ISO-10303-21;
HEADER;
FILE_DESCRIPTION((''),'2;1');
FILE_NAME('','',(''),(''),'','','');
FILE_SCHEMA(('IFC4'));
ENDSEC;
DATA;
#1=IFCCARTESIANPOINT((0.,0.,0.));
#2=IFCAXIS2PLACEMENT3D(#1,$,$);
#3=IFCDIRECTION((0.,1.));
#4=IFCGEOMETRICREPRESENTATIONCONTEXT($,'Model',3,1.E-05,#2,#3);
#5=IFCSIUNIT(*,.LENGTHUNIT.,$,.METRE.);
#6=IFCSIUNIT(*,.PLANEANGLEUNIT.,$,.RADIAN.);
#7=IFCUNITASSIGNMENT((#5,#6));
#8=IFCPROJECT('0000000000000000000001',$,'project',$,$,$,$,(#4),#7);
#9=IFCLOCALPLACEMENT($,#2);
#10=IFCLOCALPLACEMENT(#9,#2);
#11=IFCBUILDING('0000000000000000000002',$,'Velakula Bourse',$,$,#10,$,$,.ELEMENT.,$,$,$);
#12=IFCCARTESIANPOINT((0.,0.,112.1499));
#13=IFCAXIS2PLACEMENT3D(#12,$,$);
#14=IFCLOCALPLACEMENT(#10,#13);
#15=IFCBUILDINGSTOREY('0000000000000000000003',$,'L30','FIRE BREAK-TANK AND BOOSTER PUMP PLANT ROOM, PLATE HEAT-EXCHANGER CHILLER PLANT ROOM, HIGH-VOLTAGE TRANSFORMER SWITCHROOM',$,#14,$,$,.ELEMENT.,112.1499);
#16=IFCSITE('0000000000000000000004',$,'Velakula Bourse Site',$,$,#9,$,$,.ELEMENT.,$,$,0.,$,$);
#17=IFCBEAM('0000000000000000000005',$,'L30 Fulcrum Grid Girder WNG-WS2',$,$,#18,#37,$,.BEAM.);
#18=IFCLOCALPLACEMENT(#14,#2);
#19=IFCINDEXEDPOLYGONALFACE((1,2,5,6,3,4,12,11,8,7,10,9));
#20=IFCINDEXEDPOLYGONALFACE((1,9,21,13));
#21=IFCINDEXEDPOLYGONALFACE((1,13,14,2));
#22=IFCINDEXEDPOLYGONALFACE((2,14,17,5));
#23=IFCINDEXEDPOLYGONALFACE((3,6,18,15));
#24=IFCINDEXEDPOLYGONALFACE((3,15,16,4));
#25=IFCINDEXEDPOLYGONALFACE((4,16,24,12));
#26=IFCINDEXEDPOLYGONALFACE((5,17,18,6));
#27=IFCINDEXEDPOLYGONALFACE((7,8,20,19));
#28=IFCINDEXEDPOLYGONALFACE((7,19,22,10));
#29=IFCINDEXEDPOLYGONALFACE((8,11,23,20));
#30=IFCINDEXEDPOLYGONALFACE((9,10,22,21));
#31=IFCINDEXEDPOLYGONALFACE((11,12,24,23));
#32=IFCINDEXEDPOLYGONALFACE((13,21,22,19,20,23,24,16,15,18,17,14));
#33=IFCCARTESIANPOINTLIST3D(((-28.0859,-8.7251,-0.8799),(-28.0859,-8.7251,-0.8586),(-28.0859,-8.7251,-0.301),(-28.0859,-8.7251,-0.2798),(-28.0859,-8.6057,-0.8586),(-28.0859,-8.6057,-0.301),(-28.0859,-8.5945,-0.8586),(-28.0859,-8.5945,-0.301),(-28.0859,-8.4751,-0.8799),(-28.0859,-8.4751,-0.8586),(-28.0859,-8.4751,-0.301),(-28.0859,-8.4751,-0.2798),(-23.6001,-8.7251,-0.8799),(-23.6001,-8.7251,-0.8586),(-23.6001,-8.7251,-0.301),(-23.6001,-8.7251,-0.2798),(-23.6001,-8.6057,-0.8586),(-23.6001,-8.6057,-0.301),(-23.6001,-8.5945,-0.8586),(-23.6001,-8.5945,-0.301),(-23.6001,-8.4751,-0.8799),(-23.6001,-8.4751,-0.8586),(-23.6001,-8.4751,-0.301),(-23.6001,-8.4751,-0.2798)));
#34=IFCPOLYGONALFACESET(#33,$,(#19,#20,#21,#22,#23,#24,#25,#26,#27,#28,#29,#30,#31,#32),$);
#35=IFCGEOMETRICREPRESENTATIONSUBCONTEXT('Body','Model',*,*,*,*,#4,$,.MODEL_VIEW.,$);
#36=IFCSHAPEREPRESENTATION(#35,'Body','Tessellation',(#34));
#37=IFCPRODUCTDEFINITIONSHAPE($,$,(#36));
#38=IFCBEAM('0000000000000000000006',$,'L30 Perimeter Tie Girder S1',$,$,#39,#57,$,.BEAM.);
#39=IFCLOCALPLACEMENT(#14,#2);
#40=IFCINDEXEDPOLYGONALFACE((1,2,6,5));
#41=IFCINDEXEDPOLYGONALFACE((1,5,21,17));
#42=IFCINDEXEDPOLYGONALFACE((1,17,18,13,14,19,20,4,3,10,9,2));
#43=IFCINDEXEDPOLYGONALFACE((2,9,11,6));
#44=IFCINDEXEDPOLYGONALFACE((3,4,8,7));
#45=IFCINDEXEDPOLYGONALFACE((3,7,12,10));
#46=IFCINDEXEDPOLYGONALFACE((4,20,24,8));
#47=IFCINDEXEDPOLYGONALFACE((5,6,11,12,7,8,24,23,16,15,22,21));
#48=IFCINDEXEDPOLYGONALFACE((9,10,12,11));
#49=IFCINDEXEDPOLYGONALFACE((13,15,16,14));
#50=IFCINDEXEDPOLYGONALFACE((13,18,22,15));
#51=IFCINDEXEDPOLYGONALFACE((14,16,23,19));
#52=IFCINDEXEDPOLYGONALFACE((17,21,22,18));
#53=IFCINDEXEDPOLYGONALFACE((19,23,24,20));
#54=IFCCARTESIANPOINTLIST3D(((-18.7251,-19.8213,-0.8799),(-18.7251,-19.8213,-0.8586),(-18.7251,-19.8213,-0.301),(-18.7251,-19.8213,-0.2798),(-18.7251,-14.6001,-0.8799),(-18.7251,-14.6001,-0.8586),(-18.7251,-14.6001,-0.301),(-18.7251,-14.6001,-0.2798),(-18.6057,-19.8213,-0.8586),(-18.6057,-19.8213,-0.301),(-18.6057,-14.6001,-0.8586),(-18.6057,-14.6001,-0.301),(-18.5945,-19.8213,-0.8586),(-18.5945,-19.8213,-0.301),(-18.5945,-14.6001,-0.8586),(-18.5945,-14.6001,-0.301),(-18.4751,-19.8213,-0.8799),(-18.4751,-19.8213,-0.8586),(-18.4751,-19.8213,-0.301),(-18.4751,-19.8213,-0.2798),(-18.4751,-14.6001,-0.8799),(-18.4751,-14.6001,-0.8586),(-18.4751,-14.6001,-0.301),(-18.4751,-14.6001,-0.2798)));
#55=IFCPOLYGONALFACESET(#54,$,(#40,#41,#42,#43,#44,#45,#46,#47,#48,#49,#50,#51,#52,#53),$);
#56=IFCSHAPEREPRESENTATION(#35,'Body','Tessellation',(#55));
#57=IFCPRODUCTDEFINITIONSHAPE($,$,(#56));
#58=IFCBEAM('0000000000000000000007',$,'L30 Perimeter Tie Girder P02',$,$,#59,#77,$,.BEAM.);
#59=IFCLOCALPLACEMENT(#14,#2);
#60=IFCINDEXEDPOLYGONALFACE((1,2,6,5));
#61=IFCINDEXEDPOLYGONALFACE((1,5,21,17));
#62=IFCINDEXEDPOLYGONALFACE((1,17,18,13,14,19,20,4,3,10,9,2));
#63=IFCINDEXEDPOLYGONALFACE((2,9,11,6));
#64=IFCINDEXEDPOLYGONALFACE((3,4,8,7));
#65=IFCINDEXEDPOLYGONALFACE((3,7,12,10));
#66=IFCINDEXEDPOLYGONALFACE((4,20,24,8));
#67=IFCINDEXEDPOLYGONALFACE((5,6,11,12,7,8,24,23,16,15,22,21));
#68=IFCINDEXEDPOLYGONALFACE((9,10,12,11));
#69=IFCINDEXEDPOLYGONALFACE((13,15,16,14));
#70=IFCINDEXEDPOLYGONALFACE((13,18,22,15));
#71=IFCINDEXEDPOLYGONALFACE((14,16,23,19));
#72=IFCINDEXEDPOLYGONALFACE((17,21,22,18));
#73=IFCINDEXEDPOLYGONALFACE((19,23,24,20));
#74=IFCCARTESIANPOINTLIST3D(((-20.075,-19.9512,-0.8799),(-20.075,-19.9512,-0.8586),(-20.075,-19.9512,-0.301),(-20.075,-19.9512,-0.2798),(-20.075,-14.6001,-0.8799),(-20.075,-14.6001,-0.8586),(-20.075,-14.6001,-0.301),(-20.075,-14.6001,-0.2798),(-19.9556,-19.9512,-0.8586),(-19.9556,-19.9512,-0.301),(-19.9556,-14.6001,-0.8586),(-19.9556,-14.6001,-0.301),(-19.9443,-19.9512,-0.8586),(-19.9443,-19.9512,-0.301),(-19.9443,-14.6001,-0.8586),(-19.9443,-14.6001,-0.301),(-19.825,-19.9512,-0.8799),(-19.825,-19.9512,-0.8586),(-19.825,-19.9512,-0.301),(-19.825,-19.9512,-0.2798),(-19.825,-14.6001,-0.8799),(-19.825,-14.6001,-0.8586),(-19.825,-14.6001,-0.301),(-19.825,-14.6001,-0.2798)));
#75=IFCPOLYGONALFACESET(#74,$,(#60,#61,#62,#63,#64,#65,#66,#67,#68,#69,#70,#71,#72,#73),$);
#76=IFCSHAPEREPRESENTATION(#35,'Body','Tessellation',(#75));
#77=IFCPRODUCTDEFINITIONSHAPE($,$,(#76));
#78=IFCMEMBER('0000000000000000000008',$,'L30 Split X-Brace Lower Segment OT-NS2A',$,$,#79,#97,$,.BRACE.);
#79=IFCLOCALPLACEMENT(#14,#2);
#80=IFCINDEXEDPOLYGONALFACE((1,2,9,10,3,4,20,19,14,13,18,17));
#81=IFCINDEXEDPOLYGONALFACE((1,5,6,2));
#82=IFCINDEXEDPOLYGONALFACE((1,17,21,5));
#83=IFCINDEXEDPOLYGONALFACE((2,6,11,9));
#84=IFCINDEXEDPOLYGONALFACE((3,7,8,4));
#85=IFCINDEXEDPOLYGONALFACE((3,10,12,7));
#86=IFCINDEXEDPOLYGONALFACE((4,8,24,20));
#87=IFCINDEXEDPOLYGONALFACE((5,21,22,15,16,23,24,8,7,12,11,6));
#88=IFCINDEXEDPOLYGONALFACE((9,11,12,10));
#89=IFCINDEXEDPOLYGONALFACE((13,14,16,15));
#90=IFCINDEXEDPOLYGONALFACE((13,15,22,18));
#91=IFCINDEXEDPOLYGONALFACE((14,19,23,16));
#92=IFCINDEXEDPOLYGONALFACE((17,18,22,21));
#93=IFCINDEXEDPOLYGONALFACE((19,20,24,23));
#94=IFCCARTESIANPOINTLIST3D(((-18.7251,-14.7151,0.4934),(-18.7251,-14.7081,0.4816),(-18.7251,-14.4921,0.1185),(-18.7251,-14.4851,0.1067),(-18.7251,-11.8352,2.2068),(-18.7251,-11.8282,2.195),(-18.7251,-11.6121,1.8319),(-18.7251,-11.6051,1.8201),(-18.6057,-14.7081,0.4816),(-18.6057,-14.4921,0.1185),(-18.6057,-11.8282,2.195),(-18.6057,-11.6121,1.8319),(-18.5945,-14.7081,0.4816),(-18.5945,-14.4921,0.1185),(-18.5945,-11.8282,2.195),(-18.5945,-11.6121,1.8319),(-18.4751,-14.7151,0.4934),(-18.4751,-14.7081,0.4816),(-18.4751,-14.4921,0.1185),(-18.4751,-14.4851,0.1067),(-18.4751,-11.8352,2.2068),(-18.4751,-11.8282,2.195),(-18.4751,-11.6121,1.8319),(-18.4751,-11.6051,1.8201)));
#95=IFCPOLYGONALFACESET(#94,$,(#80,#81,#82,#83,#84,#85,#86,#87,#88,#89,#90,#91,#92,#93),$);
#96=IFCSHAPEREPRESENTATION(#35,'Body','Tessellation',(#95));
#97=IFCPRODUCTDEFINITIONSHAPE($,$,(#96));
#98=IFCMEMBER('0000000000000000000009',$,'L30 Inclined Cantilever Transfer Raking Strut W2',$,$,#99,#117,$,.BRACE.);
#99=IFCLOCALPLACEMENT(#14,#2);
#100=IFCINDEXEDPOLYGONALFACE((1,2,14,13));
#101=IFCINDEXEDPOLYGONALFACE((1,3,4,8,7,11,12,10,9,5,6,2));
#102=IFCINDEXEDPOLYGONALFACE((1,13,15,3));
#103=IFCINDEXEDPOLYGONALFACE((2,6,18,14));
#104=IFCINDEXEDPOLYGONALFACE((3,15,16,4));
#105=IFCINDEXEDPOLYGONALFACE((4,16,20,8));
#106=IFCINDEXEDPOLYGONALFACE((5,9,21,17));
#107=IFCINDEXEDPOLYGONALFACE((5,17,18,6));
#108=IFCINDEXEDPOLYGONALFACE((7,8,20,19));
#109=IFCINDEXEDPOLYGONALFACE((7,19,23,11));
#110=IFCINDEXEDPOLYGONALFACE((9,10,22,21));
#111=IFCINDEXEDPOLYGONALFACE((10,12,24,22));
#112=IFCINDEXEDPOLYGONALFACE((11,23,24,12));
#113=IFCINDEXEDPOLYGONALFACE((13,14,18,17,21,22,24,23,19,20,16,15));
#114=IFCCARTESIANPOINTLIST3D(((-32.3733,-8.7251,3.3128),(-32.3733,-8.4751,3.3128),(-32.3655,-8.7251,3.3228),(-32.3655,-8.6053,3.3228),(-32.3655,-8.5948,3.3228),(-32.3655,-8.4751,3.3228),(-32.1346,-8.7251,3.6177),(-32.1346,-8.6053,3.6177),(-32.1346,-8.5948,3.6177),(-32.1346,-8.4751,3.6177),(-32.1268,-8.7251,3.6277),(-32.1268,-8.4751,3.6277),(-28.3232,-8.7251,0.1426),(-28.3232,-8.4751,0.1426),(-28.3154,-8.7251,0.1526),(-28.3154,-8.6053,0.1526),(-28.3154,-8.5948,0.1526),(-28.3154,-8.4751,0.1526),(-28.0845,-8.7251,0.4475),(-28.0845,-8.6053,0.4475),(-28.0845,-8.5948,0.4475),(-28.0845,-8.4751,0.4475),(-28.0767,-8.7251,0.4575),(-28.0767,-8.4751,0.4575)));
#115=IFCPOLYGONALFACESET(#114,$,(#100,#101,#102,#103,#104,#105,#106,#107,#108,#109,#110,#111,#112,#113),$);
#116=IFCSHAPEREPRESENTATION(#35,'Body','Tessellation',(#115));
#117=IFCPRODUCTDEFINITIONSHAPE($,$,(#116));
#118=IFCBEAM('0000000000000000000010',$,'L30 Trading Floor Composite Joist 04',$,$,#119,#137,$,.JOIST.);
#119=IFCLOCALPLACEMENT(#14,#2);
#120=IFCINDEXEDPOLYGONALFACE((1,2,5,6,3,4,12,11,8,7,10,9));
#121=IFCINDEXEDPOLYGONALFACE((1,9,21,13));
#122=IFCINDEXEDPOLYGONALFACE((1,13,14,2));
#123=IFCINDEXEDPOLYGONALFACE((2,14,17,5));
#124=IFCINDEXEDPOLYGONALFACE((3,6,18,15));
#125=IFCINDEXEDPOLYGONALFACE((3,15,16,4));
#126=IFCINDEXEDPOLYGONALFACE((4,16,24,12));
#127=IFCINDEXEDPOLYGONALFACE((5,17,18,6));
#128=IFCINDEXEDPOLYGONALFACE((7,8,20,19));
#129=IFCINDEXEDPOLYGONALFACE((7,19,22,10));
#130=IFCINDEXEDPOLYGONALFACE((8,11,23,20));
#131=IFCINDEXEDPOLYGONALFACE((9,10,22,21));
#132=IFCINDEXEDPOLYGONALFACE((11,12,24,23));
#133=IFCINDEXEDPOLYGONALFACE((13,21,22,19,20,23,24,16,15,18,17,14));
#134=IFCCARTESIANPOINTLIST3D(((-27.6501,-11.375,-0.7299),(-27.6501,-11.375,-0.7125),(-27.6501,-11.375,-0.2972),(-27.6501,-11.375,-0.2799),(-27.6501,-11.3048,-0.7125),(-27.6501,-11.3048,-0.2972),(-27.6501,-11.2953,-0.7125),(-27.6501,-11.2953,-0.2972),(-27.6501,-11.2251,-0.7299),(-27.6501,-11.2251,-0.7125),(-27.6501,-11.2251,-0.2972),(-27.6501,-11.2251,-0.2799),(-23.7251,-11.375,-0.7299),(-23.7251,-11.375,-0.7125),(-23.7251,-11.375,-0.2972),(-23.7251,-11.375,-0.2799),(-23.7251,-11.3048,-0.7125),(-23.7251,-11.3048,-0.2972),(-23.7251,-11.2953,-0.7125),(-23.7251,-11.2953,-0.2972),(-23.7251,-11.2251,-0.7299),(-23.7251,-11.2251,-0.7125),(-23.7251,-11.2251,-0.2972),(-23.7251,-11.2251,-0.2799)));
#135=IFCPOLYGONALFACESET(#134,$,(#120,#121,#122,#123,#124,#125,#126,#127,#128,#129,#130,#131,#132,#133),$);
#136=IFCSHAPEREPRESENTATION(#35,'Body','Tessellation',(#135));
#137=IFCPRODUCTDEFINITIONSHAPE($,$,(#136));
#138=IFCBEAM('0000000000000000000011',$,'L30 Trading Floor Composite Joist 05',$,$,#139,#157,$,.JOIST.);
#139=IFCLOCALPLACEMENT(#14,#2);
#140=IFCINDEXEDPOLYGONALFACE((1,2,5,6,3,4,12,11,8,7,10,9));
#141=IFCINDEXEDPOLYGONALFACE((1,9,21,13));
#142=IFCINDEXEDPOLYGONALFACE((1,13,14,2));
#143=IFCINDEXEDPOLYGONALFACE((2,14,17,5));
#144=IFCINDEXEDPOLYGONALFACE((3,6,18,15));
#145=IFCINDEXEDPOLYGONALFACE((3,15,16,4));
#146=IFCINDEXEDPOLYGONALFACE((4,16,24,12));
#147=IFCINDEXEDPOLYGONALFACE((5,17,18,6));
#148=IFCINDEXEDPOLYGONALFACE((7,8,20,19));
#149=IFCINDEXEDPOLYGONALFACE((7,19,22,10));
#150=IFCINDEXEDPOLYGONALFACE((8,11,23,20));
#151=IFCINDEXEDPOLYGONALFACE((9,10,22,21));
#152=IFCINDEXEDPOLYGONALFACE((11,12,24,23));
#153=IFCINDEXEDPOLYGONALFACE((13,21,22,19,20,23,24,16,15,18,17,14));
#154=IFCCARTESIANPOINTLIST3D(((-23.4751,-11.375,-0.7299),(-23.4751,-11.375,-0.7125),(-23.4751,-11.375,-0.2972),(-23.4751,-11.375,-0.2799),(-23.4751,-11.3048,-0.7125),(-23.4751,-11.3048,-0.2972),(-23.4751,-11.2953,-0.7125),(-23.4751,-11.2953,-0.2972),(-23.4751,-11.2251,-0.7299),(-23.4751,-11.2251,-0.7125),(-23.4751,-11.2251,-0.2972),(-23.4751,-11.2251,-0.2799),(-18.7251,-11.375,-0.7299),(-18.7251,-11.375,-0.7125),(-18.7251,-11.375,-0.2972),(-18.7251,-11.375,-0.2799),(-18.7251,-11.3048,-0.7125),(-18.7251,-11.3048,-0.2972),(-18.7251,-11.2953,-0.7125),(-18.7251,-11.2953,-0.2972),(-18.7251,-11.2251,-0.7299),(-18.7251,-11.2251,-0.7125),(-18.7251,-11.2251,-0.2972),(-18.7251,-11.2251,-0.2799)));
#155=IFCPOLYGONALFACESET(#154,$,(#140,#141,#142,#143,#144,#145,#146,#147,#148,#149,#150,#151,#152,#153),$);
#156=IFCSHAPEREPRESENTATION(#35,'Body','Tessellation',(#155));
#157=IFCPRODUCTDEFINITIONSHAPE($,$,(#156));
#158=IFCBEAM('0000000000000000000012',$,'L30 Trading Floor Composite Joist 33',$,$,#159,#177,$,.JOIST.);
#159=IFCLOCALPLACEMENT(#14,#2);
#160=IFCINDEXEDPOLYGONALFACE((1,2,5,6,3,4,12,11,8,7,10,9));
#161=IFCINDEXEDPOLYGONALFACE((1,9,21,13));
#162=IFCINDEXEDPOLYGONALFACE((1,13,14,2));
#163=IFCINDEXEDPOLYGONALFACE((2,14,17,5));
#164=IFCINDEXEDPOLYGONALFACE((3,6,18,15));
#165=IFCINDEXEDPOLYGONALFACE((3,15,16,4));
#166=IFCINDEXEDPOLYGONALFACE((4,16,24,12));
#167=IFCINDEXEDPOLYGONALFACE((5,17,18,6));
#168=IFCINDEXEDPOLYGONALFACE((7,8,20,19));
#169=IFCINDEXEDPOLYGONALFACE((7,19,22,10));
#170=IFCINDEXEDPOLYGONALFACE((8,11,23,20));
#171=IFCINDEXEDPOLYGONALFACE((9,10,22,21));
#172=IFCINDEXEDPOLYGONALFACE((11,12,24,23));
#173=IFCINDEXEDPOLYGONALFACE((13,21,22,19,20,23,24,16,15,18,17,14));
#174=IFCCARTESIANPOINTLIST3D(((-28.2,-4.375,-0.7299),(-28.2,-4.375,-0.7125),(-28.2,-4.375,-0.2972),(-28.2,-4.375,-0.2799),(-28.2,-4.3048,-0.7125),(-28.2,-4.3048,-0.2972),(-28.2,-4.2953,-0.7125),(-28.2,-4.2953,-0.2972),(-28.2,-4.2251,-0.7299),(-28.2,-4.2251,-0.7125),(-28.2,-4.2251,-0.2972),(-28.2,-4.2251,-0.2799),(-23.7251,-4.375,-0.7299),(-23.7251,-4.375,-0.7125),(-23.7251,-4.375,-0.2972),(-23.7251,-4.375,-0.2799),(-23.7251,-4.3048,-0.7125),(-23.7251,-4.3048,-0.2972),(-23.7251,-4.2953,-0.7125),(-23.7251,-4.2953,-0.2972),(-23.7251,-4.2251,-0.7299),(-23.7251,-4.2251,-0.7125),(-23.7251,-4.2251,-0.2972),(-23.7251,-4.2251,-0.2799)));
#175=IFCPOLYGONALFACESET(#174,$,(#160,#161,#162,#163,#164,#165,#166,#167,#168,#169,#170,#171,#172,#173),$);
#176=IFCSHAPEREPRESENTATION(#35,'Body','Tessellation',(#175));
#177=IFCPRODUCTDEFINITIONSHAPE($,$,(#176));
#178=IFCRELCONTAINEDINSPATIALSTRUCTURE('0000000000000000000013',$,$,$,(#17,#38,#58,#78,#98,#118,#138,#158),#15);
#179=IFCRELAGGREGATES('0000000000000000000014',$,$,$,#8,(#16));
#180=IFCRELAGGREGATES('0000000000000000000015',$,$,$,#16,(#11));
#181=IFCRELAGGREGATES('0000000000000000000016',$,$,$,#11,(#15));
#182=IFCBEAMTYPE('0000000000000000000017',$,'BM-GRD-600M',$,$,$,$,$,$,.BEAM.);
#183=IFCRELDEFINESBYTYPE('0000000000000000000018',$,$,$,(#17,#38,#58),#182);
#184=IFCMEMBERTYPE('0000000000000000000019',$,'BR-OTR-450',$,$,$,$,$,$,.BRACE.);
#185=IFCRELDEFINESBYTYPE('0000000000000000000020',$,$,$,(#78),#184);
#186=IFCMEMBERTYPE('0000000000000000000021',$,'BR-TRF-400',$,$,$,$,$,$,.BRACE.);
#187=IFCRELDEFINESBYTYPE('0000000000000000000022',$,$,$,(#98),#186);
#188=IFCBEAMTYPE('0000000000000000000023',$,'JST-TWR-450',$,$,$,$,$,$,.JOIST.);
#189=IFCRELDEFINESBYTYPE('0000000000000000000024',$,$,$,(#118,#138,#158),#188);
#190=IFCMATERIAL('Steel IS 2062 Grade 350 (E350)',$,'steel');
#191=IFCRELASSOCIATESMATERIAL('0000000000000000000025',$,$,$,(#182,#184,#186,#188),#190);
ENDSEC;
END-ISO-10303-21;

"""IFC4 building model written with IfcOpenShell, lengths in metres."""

from ifc_helpers import new_model, si_unit, direction, frame, origin, origin_2d, place, context, subcontext, project, spatial, i_section, extrude, material, material_profile, profile_set, type_object, element, save


model = new_model("IFC4")

# Units and contexts
model_context = context("Model", 3, precision=1e-05, world=origin(), true_north=direction((0.0, 1.0)))
body_context = subcontext(model_context, "Body", "Model", "MODEL_VIEW")
ifc_project = project(units=[si_unit("LENGTHUNIT", "METRE"), si_unit("PLANEANGLEUNIT", "RADIAN")], contexts=[model_context])

# Site, building, storey
site_placement = place(None, origin())
site = spatial("IfcSite", under=ifc_project, at=site_placement, Name="Velakula Bourse Site", CompositionType="ELEMENT", RefElevation=0.0)
building_placement = place(site_placement, origin())
building = spatial("IfcBuilding", under=site, at=building_placement, Name="Velakula Bourse", CompositionType="ELEMENT")
storey_placement = place(building_placement, frame((0.0, 0.0, 112.1499)))
storey = spatial("IfcBuildingStorey", under=building, at=storey_placement, Name="L30", Description="FIRE BREAK-TANK AND BOOSTER PUMP PLANT ROOM, PLATE HEAT-EXCHANGER CHILLER PLANT ROOM, HIGH-VOLTAGE TRANSFORMER SWITCHROOM", CompositionType="ELEMENT", Elevation=112.1499)

# Beams
ifc_material_1 = material(Name="Steel IS 2062 Grade 350 (E350)", Category="steel")
ifc_material_profile_1 = material_profile(ifc_material_1, i_section(OverallWidth=0.25, OverallDepth=0.6001, WebThickness=0.0112, FlangeThickness=0.0212, at=origin_2d()), Name="Steel IS 2062 Grade 350 (E350)")
ifc_profile_set_1 = profile_set([ifc_material_profile_1], Name="Steel IS 2062 Grade 350 (E350)")
beam_type_1 = type_object("IfcBeamType", Name="BM-GRD-600M", PredefinedType="BEAM", material=ifc_profile_set_1)
beam_1_placement = place(storey_placement, frame((-28.0859, -8.6001, -0.5798), z_axis=(1.0, 0.0, 0.0), x_axis=(0.0, 1.0, 0.0)))
element("IfcBeam", 1, at=beam_1_placement, inside=storey, type_object=beam_type_1, Name="L30 Fulcrum Grid Girder WNG-WS2", PredefinedType="BEAM", context=body_context, shape_type="SweptSolid", body=[
    extrude(i_section(OverallWidth=0.25, OverallDepth=0.6001, WebThickness=0.0112, FlangeThickness=0.0212, at=origin_2d()), origin(), (0.0, 0.0, 1.0), 4.4858),
])
beam_2_placement = place(storey_placement, frame((-18.6001, -14.6001, -0.5798), z_axis=(0.0, -1.0, 0.0), x_axis=(1.0, 0.0, 0.0)))
element("IfcBeam", 2, at=beam_2_placement, inside=storey, type_object=beam_type_1, Name="L30 Perimeter Tie Girder S1", PredefinedType="BEAM", context=body_context, shape_type="SweptSolid", body=[
    extrude(i_section(OverallWidth=0.25, OverallDepth=0.6001, WebThickness=0.0112, FlangeThickness=0.0212, at=origin_2d()), origin(), (0.0, 0.0, 1.0), 5.2212),
])
beam_3_placement = place(storey_placement, frame((-19.95, -14.6001, -0.5798), z_axis=(0.0, -1.0, 0.0), x_axis=(1.0, 0.0, 0.0)))
element("IfcBeam", 3, at=beam_3_placement, inside=storey, type_object=beam_type_1, Name="L30 Perimeter Tie Girder P02", PredefinedType="BEAM", context=body_context, shape_type="SweptSolid", body=[
    extrude(i_section(OverallWidth=0.25, OverallDepth=0.6001, WebThickness=0.0112, FlangeThickness=0.0212, at=origin_2d()), origin(), (0.0, 0.0, 1.0), 5.3511),
])

# Members
ifc_material_profile_2 = material_profile(ifc_material_1, i_section(OverallWidth=0.25, OverallDepth=0.45, WebThickness=0.0112, FlangeThickness=0.0137, at=origin_2d()), Name="Steel IS 2062 Grade 350 (E350)")
ifc_profile_set_2 = profile_set([ifc_material_profile_2], Name="Steel IS 2062 Grade 350 (E350)")
member_type_1 = type_object("IfcMemberType", Name="BR-OTR-450", PredefinedType="BRACE", material=ifc_profile_set_2)
member_1_placement = place(storey_placement, frame((-18.6001, -14.6001, 0.3), z_axis=(0.0, 0.859403, 0.511299), x_axis=(-1.0, 0.0, 0.0)))
element("IfcMember", 4, at=member_1_placement, inside=storey, type_object=member_type_1, Name="L30 Split X-Brace Lower Segment OT-NS2A", PredefinedType="BRACE", context=body_context, shape_type="SweptSolid", body=[
    extrude(i_section(OverallWidth=0.25, OverallDepth=0.45, WebThickness=0.0112, FlangeThickness=0.0137, at=origin_2d()), origin(), (0.0, 0.0, 1.0), 3.3511),
])
ifc_material_profile_3 = material_profile(ifc_material_1, i_section(OverallWidth=0.25, OverallDepth=0.3999, WebThickness=0.0105, FlangeThickness=0.0127, at=origin_2d()), Name="Steel IS 2062 Grade 350 (E350)")
ifc_profile_set_3 = profile_set([ifc_material_profile_3], Name="Steel IS 2062 Grade 350 (E350)")
member_type_2 = type_object("IfcMemberType", Name="BR-TRF-400", PredefinedType="BRACE", material=ifc_profile_set_3)
member_2_placement = place(storey_placement, frame((-28.2, -8.6001, 0.3), z_axis=(-0.787452, 0.0, 0.616376), x_axis=(0.0, -1.0, 0.0)))
element("IfcMember", 5, at=member_2_placement, inside=storey, type_object=member_type_2, Name="L30 Inclined Cantilever Transfer Raking Strut W2", PredefinedType="BRACE", context=body_context, shape_type="SweptSolid", body=[
    extrude(i_section(OverallWidth=0.25, OverallDepth=0.3999, WebThickness=0.0105, FlangeThickness=0.0127, at=origin_2d()), origin(), (0.0, 0.0, 1.0), 5.1433),
])

# Beams
ifc_material_profile_4 = material_profile(ifc_material_1, i_section(OverallWidth=0.1499, OverallDepth=0.45, WebThickness=0.0095, FlangeThickness=0.0173, at=origin_2d()), Name="Steel IS 2062 Grade 350 (E350)")
ifc_profile_set_4 = profile_set([ifc_material_profile_4], Name="Steel IS 2062 Grade 350 (E350)")
beam_type_2 = type_object("IfcBeamType", Name="JST-TWR-450", PredefinedType="JOIST", material=ifc_profile_set_4)
beam_4_placement = place(storey_placement, frame((-27.6501, -11.3, -0.5049), z_axis=(1.0, 0.0, 0.0), x_axis=(0.0, 1.0, 0.0)))
element("IfcBeam", 6, at=beam_4_placement, inside=storey, type_object=beam_type_2, Name="L30 Trading Floor Composite Joist 04", PredefinedType="JOIST", context=body_context, shape_type="SweptSolid", body=[
    extrude(i_section(OverallWidth=0.1499, OverallDepth=0.45, WebThickness=0.0095, FlangeThickness=0.0173, at=origin_2d()), origin(), (0.0, 0.0, 1.0), 3.925),
])
beam_5_placement = place(storey_placement, frame((-23.4751, -11.3, -0.5049), z_axis=(1.0, 0.0, 0.0), x_axis=(0.0, 1.0, 0.0)))
element("IfcBeam", 7, at=beam_5_placement, inside=storey, type_object=beam_type_2, Name="L30 Trading Floor Composite Joist 05", PredefinedType="JOIST", context=body_context, shape_type="SweptSolid", body=[
    extrude(i_section(OverallWidth=0.1499, OverallDepth=0.45, WebThickness=0.0095, FlangeThickness=0.0173, at=origin_2d()), origin(), (0.0, 0.0, 1.0), 4.75),
])
beam_6_placement = place(storey_placement, frame((-28.2, -4.3, -0.5049), z_axis=(1.0, 0.0, 0.0), x_axis=(0.0, 1.0, 0.0)))
element("IfcBeam", 8, at=beam_6_placement, inside=storey, type_object=beam_type_2, Name="L30 Trading Floor Composite Joist 33", PredefinedType="JOIST", context=body_context, shape_type="SweptSolid", body=[
    extrude(i_section(OverallWidth=0.1499, OverallDepth=0.45, WebThickness=0.0095, FlangeThickness=0.0173, at=origin_2d()), origin(), (0.0, 0.0, 1.0), 4.4749),
])

save(model, "model.ifc")
